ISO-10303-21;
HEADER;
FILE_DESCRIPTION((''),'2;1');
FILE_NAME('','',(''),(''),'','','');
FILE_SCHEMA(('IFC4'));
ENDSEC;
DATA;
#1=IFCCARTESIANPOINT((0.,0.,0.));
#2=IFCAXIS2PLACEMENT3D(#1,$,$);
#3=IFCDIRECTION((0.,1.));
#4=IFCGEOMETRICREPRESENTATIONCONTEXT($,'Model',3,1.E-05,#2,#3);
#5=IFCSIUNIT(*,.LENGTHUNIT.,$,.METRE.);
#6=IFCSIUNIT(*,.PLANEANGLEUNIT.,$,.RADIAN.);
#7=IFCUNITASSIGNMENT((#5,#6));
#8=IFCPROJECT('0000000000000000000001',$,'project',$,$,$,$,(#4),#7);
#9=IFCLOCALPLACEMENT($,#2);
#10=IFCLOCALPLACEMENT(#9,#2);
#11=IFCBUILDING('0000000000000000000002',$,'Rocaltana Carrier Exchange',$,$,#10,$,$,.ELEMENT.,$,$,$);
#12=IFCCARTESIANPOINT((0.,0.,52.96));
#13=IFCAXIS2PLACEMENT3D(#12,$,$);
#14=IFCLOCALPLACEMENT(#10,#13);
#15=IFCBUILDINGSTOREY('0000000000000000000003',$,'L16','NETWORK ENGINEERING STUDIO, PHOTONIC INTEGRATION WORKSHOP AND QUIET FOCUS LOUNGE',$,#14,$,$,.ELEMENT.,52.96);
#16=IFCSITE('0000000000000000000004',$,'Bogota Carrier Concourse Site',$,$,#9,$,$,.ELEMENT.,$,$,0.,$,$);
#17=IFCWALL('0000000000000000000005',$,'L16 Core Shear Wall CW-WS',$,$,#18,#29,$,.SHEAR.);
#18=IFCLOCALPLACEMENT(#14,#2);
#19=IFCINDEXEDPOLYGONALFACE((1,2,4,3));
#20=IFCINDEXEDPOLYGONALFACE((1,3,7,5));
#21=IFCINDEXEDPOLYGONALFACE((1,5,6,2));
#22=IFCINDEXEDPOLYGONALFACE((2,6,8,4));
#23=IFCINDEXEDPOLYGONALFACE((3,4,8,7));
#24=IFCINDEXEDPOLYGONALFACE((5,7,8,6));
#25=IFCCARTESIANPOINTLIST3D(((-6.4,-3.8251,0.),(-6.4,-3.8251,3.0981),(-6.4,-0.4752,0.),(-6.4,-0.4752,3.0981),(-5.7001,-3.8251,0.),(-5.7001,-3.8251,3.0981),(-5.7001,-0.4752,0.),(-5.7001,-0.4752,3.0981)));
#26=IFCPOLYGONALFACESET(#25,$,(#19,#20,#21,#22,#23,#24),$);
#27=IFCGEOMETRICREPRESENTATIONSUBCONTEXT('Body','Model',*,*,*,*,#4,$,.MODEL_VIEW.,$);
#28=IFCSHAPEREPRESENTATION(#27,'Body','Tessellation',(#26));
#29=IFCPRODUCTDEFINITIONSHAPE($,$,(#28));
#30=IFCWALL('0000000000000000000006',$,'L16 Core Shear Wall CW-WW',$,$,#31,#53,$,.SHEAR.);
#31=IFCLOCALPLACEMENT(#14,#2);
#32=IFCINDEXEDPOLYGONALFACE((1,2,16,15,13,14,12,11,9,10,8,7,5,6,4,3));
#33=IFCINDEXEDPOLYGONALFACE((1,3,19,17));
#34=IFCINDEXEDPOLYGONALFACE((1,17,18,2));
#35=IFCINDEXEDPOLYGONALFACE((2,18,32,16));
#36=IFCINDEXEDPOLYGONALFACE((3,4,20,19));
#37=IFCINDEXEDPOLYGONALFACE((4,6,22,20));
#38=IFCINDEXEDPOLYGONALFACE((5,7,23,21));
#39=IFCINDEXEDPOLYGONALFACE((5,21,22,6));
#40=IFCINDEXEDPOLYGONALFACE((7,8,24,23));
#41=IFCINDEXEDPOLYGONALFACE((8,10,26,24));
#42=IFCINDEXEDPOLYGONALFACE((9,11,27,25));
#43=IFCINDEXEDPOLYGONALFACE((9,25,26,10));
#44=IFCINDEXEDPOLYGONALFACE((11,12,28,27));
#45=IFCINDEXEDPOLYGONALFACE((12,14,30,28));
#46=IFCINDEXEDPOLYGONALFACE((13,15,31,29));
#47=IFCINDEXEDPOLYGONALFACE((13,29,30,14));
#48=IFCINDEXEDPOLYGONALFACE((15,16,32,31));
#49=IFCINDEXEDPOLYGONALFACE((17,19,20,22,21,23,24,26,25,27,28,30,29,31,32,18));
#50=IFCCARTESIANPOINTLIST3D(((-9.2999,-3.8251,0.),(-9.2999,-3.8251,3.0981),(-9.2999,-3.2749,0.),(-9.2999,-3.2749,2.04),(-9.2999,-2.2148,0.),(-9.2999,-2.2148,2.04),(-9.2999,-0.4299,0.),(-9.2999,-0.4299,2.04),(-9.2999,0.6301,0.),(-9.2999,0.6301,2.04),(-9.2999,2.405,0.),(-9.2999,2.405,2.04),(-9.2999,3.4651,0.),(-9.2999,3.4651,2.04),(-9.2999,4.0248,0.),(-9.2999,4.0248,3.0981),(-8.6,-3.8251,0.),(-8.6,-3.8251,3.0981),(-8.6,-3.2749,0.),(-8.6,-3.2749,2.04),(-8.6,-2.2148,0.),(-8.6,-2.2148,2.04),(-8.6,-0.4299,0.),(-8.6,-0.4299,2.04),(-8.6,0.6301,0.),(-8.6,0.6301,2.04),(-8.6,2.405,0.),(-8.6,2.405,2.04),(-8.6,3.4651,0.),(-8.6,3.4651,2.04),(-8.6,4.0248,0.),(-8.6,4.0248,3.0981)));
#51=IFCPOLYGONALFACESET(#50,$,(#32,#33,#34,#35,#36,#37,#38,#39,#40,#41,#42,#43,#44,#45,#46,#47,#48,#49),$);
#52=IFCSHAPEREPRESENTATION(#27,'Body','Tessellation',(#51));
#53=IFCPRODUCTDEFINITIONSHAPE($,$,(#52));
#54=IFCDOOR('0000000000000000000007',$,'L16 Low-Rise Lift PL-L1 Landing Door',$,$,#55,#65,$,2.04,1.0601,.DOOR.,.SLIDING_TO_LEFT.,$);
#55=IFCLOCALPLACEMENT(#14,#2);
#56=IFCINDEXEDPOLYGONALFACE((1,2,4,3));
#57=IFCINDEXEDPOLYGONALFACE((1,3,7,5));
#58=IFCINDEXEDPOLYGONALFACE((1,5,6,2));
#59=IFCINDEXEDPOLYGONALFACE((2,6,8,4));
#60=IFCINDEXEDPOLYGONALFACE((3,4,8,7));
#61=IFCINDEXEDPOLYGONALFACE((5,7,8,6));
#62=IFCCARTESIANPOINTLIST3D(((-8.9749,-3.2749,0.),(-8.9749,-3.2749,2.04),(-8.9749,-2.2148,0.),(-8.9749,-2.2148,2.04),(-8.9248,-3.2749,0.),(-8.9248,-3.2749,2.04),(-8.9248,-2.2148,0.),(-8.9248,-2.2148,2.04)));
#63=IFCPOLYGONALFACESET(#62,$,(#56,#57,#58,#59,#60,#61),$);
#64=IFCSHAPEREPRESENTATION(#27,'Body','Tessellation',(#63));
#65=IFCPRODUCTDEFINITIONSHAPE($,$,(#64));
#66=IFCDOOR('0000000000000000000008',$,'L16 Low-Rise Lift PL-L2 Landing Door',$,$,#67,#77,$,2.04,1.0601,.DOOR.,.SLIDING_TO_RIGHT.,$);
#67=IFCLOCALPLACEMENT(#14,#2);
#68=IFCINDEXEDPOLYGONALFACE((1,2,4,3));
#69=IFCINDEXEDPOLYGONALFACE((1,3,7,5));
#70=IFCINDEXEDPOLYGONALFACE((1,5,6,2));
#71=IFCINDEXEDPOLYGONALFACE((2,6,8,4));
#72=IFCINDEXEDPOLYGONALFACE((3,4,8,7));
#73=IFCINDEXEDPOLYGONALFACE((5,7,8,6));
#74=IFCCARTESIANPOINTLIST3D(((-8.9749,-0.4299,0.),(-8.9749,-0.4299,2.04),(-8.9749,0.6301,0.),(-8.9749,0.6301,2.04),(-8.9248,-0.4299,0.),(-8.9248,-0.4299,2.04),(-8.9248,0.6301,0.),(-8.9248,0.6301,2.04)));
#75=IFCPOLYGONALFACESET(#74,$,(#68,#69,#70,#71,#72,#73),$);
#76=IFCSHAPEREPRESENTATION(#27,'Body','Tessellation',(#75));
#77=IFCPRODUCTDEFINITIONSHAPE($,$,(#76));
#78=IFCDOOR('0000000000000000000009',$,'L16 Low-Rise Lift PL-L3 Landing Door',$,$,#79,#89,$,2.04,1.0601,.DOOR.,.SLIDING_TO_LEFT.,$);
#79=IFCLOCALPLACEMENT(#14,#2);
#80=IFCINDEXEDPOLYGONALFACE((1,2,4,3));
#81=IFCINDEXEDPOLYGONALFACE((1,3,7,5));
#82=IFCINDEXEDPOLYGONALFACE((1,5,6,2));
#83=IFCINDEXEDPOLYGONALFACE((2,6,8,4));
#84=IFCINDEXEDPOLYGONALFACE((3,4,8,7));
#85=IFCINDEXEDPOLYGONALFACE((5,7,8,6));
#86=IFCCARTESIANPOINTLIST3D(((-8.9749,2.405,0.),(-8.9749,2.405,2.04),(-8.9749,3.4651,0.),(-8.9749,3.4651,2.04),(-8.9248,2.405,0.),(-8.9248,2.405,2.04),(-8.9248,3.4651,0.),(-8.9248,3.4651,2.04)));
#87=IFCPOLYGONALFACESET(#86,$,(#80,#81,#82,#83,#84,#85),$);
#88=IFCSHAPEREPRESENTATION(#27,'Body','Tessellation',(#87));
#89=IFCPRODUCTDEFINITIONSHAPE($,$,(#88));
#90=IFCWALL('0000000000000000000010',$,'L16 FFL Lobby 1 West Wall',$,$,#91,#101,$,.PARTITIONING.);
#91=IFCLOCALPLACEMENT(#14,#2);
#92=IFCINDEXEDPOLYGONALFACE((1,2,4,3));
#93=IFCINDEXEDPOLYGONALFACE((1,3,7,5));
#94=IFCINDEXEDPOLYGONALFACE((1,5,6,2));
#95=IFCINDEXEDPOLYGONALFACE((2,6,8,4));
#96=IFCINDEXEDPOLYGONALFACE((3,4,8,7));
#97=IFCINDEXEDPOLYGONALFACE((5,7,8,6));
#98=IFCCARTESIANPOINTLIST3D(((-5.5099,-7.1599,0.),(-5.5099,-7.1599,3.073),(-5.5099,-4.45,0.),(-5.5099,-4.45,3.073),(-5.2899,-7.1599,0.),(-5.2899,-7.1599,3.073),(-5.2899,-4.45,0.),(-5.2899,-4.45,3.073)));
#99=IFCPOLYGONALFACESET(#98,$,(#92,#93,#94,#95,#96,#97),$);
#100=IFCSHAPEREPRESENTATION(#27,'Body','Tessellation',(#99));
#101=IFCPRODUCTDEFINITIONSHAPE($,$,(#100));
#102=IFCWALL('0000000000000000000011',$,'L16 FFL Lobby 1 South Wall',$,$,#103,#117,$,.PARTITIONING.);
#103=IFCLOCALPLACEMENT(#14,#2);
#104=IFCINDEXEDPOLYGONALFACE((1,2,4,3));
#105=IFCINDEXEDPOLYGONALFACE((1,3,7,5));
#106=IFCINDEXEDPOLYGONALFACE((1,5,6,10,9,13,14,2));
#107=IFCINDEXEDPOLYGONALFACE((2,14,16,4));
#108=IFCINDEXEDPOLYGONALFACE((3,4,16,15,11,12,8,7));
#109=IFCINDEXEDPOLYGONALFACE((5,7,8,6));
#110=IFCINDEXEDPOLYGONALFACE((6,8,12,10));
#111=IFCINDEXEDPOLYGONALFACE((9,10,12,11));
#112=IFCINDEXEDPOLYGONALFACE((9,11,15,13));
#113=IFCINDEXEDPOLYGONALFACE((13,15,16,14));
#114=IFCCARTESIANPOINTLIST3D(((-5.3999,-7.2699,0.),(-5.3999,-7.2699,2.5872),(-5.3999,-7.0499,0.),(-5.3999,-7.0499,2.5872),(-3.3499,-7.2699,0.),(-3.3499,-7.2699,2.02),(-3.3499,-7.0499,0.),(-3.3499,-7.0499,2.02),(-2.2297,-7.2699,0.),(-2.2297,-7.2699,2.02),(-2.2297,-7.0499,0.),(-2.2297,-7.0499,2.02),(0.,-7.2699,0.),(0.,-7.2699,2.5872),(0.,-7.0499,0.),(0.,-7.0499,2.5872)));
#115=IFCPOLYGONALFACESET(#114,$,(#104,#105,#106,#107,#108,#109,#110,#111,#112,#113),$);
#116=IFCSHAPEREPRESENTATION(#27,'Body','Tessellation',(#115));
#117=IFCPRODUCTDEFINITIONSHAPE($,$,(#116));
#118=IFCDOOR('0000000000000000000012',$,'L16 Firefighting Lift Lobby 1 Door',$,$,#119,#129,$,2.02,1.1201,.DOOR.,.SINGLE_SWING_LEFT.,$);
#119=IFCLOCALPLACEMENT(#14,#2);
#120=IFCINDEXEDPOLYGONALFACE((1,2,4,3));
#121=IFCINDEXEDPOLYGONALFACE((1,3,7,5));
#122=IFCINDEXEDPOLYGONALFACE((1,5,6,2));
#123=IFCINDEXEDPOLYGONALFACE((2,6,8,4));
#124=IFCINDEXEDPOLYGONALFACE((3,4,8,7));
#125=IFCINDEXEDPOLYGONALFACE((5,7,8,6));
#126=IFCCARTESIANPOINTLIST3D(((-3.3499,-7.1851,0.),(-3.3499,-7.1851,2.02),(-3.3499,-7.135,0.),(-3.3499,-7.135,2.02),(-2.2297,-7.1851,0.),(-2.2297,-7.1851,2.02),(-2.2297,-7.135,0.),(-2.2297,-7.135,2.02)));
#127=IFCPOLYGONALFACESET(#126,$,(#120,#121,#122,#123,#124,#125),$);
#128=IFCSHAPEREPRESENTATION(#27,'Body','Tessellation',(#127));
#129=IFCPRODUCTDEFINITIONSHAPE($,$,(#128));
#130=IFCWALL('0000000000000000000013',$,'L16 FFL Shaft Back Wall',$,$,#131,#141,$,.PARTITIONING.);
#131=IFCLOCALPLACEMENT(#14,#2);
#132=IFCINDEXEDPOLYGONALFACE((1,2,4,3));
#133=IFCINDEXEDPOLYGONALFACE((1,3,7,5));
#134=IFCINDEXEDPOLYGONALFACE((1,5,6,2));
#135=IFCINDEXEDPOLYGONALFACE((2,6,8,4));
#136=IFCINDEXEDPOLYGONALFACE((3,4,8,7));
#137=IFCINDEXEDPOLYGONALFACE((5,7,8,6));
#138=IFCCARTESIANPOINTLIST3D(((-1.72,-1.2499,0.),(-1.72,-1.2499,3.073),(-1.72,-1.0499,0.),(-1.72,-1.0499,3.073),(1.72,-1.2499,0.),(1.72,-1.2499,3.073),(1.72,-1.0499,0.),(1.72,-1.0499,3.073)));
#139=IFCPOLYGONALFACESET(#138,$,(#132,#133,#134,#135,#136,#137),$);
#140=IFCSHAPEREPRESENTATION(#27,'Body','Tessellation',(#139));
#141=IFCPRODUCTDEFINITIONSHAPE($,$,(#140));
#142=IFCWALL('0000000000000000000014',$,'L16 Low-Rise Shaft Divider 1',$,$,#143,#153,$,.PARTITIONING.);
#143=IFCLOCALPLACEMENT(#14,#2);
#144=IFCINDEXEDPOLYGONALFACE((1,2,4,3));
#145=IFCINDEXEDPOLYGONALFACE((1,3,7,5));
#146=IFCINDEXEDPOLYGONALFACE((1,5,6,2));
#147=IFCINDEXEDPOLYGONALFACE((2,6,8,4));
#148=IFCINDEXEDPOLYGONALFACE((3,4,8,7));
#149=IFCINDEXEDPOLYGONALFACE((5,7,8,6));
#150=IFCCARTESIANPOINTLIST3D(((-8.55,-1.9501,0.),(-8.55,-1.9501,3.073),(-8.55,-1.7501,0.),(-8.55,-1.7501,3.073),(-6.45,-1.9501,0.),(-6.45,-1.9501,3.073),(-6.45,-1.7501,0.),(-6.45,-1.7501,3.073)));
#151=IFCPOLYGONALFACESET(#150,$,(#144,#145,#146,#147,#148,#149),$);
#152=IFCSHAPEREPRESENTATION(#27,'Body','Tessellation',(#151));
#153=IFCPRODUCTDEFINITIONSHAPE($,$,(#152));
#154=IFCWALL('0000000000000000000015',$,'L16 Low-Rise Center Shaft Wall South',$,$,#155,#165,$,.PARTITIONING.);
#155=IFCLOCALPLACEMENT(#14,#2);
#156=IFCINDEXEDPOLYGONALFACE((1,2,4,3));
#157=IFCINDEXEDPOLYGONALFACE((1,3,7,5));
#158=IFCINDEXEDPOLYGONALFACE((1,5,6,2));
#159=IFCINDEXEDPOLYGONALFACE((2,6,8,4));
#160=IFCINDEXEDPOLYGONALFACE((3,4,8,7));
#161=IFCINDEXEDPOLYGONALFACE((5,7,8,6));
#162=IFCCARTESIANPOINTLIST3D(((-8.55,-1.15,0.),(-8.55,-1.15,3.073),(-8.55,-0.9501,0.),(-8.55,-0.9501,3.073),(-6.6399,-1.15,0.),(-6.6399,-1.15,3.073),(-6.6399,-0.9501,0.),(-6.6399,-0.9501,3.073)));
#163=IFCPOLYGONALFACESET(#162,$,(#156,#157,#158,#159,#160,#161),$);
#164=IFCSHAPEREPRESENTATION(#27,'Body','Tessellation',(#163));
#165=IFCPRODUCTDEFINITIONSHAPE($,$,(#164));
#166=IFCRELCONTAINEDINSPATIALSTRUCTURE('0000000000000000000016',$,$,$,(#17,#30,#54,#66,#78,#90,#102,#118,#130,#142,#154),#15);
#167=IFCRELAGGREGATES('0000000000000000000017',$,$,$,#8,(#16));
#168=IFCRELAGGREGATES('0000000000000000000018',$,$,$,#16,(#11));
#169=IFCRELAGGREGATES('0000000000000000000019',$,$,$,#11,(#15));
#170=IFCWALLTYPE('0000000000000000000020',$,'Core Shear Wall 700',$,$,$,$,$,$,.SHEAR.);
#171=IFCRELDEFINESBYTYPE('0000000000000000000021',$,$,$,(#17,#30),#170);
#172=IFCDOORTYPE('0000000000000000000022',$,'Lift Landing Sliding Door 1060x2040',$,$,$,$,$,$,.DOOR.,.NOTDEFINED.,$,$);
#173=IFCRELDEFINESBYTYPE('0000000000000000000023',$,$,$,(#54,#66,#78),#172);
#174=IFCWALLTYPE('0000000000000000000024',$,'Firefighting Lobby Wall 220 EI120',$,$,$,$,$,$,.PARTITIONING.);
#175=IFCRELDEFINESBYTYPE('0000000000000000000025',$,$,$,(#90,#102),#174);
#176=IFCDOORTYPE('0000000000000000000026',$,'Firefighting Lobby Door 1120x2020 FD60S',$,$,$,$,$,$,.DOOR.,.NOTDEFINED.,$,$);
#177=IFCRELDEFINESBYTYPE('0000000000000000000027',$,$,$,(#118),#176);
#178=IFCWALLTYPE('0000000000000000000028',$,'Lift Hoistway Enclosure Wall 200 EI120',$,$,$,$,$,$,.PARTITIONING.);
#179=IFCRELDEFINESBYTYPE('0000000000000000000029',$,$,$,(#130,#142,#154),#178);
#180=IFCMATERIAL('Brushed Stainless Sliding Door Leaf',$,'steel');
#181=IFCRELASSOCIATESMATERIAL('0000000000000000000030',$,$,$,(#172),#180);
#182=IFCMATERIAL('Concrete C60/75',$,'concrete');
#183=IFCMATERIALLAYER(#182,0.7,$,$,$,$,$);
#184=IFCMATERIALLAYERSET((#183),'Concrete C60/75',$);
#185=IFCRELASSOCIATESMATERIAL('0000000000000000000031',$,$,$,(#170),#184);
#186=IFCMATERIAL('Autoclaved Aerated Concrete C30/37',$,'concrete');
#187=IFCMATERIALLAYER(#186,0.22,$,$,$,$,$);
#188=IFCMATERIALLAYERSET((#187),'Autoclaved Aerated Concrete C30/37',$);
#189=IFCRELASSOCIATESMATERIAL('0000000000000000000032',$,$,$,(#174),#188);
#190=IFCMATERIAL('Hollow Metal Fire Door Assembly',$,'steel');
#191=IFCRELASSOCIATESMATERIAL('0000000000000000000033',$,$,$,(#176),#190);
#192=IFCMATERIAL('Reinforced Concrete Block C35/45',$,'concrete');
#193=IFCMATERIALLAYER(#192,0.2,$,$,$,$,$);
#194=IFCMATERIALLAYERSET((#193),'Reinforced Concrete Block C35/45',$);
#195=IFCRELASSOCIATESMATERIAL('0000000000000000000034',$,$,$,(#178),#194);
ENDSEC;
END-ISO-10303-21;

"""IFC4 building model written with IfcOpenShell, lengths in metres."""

from ifc_helpers import new_model, si_unit, direction, frame, frame_2d, origin, place, context, subcontext, project, spatial, rectangle, extrude, material, layer, layer_set, type_object, element, fill, save


model = new_model("IFC4")

# Units and contexts
model_context = context("Model", 3, precision=1e-05, world=origin(), true_north=direction((0.0, 1.0)))
body_context = subcontext(model_context, "Body", "Model", "MODEL_VIEW")
ifc_project = project(units=[si_unit("LENGTHUNIT", "METRE"), si_unit("PLANEANGLEUNIT", "RADIAN")], contexts=[model_context])

# Site, building, storey
site_placement = place(None, origin())
site = spatial("IfcSite", under=ifc_project, at=site_placement, Name="Bogota Carrier Concourse Site", CompositionType="ELEMENT", RefElevation=0.0)
building_placement = place(site_placement, origin())
building = spatial("IfcBuilding", under=site, at=building_placement, Name="Rocaltana Carrier Exchange", CompositionType="ELEMENT")
storey_placement = place(building_placement, frame((0.0, 0.0, 52.96)))
storey = spatial("IfcBuildingStorey", under=building, at=storey_placement, Name="L16", Description="NETWORK ENGINEERING STUDIO, PHOTONIC INTEGRATION WORKSHOP AND QUIET FOCUS LOUNGE", CompositionType="ELEMENT", Elevation=52.96)

# Shared definitions
ifc_material_1 = material(Name="Brushed Stainless Sliding Door Leaf", Category="steel")
door_type_1 = type_object("IfcDoorType", Name="Lift Landing Sliding Door 1060x2040", OperationType="NOTDEFINED", PredefinedType="DOOR", material=ifc_material_1)

# Wall
ifc_material_2 = material(Name="Concrete C60/75", Category="concrete")
ifc_layer_1 = layer(ifc_material_2, 0.7)
ifc_layer_set_1 = layer_set([ifc_layer_1], Name="Concrete C60/75")
wall_type_1 = type_object("IfcWallType", Name="Core Shear Wall 700", PredefinedType="SHEAR", material=ifc_layer_set_1)
wall_1_placement = place(storey_placement, frame((-6.05, -3.825, 0.0), z_axis=(0.0, 0.0, 1.0), x_axis=(0.0, 1.0, 0.0)))
element("IfcWall", 1, at=wall_1_placement, inside=storey, type_object=wall_type_1, Name="L16 Core Shear Wall CW-WS", PredefinedType="SHEAR", context=body_context, shape_type="SweptSolid", body=[
    extrude(rectangle(XDim=3.3499, YDim=0.7, at=frame_2d((1.6748, 0.0))), origin(), (0.0, 0.0, 1.0), 3.0981),
])

# Wall, openings, doors
wall_2_placement = place(storey_placement, frame((-8.95, -3.825, 0.0), z_axis=(0.0, 0.0, 1.0), x_axis=(0.0, 1.0, 0.0)))
wall_2 = element("IfcWall", 2, at=wall_2_placement, inside=storey, type_object=wall_type_1, Name="L16 Core Shear Wall CW-WW", PredefinedType="SHEAR", context=body_context, shape_type="SweptSolid", body=[
    extrude(rectangle(XDim=7.8499, YDim=0.7, at=frame_2d((3.9248, 0.0))), origin(), (0.0, 0.0, 1.0), 3.0981),
])
opening_1_placement = place(wall_2_placement, frame((0.55, 0.0, 0.0)))
opening_1 = element("IfcOpeningElement", 3, at=opening_1_placement, cuts=wall_2, PredefinedType="OPENING", context=body_context, shape_type="SweptSolid", body=[
    extrude(rectangle(XDim=1.0601, YDim=2.04, at=frame_2d((0.53, 1.02))), frame((0.0, 0.3599, 0.0), z_axis=(0.0, -1.0, 0.0), x_axis=(1.0, 0.0, 0.0)), (0.0, 0.0, 1.0), 0.72),
])
opening_2_placement = place(wall_2_placement, frame((3.395, 0.0, 0.0)))
opening_2 = element("IfcOpeningElement", 4, at=opening_2_placement, cuts=wall_2, PredefinedType="OPENING", context=body_context, shape_type="SweptSolid", body=[
    extrude(rectangle(XDim=1.0601, YDim=2.04, at=frame_2d((0.53, 1.02))), frame((0.0, 0.3599, 0.0), z_axis=(0.0, -1.0, 0.0), x_axis=(1.0, 0.0, 0.0)), (0.0, 0.0, 1.0), 0.72),
])
opening_3_placement = place(wall_2_placement, frame((6.23, 0.0, 0.0)))
opening_3 = element("IfcOpeningElement", 5, at=opening_3_placement, cuts=wall_2, PredefinedType="OPENING", context=body_context, shape_type="SweptSolid", body=[
    extrude(rectangle(XDim=1.0601, YDim=2.04, at=frame_2d((0.53, 1.02))), frame((0.0, 0.3599, 0.0), z_axis=(0.0, -1.0, 0.0), x_axis=(1.0, 0.0, 0.0)), (0.0, 0.0, 1.0), 0.72),
])
door_1_placement = place(opening_1_placement, origin())
door_1 = element("IfcDoor", 6, at=door_1_placement, inside=storey, type_object=door_type_1, Name="L16 Low-Rise Lift PL-L1 Landing Door", OperationType="SLIDING_TO_LEFT", OverallHeight=2.04, OverallWidth=1.0601, PredefinedType="DOOR", context=body_context, shape_type="SweptSolid", body=[
    extrude(rectangle(XDim=1.0601, YDim=2.04, at=frame_2d((0.53, 1.02))), frame((0.0, 0.0249, 0.0), z_axis=(0.0, -1.0, 0.0), x_axis=(1.0, 0.0, 0.0)), (0.0, 0.0, 1.0), 0.05),
])
fill(opening_1, door_1)
door_2_placement = place(opening_2_placement, origin())
door_2 = element("IfcDoor", 7, at=door_2_placement, inside=storey, type_object=door_type_1, Name="L16 Low-Rise Lift PL-L2 Landing Door", OperationType="SLIDING_TO_RIGHT", OverallHeight=2.04, OverallWidth=1.0601, PredefinedType="DOOR", context=body_context, shape_type="SweptSolid", body=[
    extrude(rectangle(XDim=1.0601, YDim=2.04, at=frame_2d((0.53, 1.02))), frame((0.0, 0.0249, 0.0), z_axis=(0.0, -1.0, 0.0), x_axis=(1.0, 0.0, 0.0)), (0.0, 0.0, 1.0), 0.05),
])
fill(opening_2, door_2)
door_3_placement = place(opening_3_placement, origin())
door_3 = element("IfcDoor", 8, at=door_3_placement, inside=storey, type_object=door_type_1, Name="L16 Low-Rise Lift PL-L3 Landing Door", OperationType="SLIDING_TO_LEFT", OverallHeight=2.04, OverallWidth=1.0601, PredefinedType="DOOR", context=body_context, shape_type="SweptSolid", body=[
    extrude(rectangle(XDim=1.0601, YDim=2.04, at=frame_2d((0.53, 1.02))), frame((0.0, 0.0249, 0.0), z_axis=(0.0, -1.0, 0.0), x_axis=(1.0, 0.0, 0.0)), (0.0, 0.0, 1.0), 0.05),
])
fill(opening_3, door_3)

# Wall
ifc_material_3 = material(Name="Autoclaved Aerated Concrete C30/37", Category="concrete")
ifc_layer_2 = layer(ifc_material_3, 0.22)
ifc_layer_set_2 = layer_set([ifc_layer_2], Name="Autoclaved Aerated Concrete C30/37")
wall_type_2 = type_object("IfcWallType", Name="Firefighting Lobby Wall 220 EI120", PredefinedType="PARTITIONING", material=ifc_layer_set_2)
wall_3_placement = place(storey_placement, frame((-5.3999, -7.1599, 0.0), z_axis=(0.0, 0.0, 1.0), x_axis=(0.0, 1.0, 0.0)))
element("IfcWall", 9, at=wall_3_placement, inside=storey, type_object=wall_type_2, Name="L16 FFL Lobby 1 West Wall", PredefinedType="PARTITIONING", context=body_context, shape_type="SweptSolid", body=[
    extrude(rectangle(XDim=2.71, YDim=0.22, at=frame_2d((1.355, 0.0))), origin(), (0.0, 0.0, 1.0), 3.073),
])

# Wall, opening, door
wall_4_placement = place(storey_placement, frame((-5.3999, -7.1599, 0.0), z_axis=(0.0, 0.0, 1.0), x_axis=(1.0, 0.0, 0.0)))
wall_4 = element("IfcWall", 10, at=wall_4_placement, inside=storey, type_object=wall_type_2, Name="L16 FFL Lobby 1 South Wall", PredefinedType="PARTITIONING", context=body_context, shape_type="SweptSolid", body=[
    extrude(rectangle(XDim=5.3999, YDim=0.22, at=frame_2d((2.7, 0.0))), origin(), (0.0, 0.0, 1.0), 2.5872),
])
opening_4_placement = place(wall_4_placement, frame((2.05, 0.0, 0.0)))
opening_4 = element("IfcOpeningElement", 11, at=opening_4_placement, cuts=wall_4, PredefinedType="OPENING", context=body_context, shape_type="SweptSolid", body=[
    extrude(rectangle(XDim=1.1201, YDim=2.02, at=frame_2d((0.5601, 1.01))), frame((0.0, 0.1199, 0.0), z_axis=(0.0, -1.0, 0.0), x_axis=(1.0, 0.0, 0.0)), (0.0, 0.0, 1.0), 0.24),
])
ifc_material_4 = material(Name="Hollow Metal Fire Door Assembly", Category="steel")
door_type_2 = type_object("IfcDoorType", Name="Firefighting Lobby Door 1120x2020 FD60S", OperationType="NOTDEFINED", PredefinedType="DOOR", material=ifc_material_4)
door_4_placement = place(opening_4_placement, origin())
door_4 = element("IfcDoor", 12, at=door_4_placement, inside=storey, type_object=door_type_2, Name="L16 Firefighting Lift Lobby 1 Door", OperationType="SINGLE_SWING_LEFT", OverallHeight=2.02, OverallWidth=1.1201, PredefinedType="DOOR", context=body_context, shape_type="SweptSolid", body=[
    extrude(rectangle(XDim=1.1201, YDim=2.02, at=frame_2d((0.5601, 1.01))), frame((0.0, 0.0249, 0.0), z_axis=(0.0, -1.0, 0.0), x_axis=(1.0, 0.0, 0.0)), (0.0, 0.0, 1.0), 0.05),
])
fill(opening_4, door_4)

# Walls
ifc_material_5 = material(Name="Reinforced Concrete Block C35/45", Category="concrete")
ifc_layer_3 = layer(ifc_material_5, 0.2)
ifc_layer_set_3 = layer_set([ifc_layer_3], Name="Reinforced Concrete Block C35/45")
wall_type_3 = type_object("IfcWallType", Name="Lift Hoistway Enclosure Wall 200 EI120", PredefinedType="PARTITIONING", material=ifc_layer_set_3)
wall_5_placement = place(storey_placement, frame((-1.72, -1.1499, 0.0), z_axis=(0.0, 0.0, 1.0), x_axis=(1.0, 0.0, 0.0)))
element("IfcWall", 13, at=wall_5_placement, inside=storey, type_object=wall_type_3, Name="L16 FFL Shaft Back Wall", PredefinedType="PARTITIONING", context=body_context, shape_type="SweptSolid", body=[
    extrude(rectangle(XDim=3.4399, YDim=0.2, at=frame_2d((1.72, 0.0))), origin(), (0.0, 0.0, 1.0), 3.073),
])
wall_6_placement = place(storey_placement, frame((-8.55, -1.8501, 0.0), z_axis=(0.0, 0.0, 1.0), x_axis=(1.0, 0.0, 0.0)))
element("IfcWall", 14, at=wall_6_placement, inside=storey, type_object=wall_type_3, Name="L16 Low-Rise Shaft Divider 1", PredefinedType="PARTITIONING", context=body_context, shape_type="SweptSolid", body=[
    extrude(rectangle(XDim=2.1001, YDim=0.2, at=frame_2d((1.05, 0.0))), origin(), (0.0, 0.0, 1.0), 3.073),
])
wall_7_placement = place(storey_placement, frame((-8.55, -1.05, 0.0), z_axis=(0.0, 0.0, 1.0), x_axis=(1.0, 0.0, 0.0)))
element("IfcWall", 15, at=wall_7_placement, inside=storey, type_object=wall_type_3, Name="L16 Low-Rise Center Shaft Wall South", PredefinedType="PARTITIONING", context=body_context, shape_type="SweptSolid", body=[
    extrude(rectangle(XDim=1.9102, YDim=0.2, at=frame_2d((0.9551, 0.0))), origin(), (0.0, 0.0, 1.0), 3.073),
])

save(model, "model.ifc")
